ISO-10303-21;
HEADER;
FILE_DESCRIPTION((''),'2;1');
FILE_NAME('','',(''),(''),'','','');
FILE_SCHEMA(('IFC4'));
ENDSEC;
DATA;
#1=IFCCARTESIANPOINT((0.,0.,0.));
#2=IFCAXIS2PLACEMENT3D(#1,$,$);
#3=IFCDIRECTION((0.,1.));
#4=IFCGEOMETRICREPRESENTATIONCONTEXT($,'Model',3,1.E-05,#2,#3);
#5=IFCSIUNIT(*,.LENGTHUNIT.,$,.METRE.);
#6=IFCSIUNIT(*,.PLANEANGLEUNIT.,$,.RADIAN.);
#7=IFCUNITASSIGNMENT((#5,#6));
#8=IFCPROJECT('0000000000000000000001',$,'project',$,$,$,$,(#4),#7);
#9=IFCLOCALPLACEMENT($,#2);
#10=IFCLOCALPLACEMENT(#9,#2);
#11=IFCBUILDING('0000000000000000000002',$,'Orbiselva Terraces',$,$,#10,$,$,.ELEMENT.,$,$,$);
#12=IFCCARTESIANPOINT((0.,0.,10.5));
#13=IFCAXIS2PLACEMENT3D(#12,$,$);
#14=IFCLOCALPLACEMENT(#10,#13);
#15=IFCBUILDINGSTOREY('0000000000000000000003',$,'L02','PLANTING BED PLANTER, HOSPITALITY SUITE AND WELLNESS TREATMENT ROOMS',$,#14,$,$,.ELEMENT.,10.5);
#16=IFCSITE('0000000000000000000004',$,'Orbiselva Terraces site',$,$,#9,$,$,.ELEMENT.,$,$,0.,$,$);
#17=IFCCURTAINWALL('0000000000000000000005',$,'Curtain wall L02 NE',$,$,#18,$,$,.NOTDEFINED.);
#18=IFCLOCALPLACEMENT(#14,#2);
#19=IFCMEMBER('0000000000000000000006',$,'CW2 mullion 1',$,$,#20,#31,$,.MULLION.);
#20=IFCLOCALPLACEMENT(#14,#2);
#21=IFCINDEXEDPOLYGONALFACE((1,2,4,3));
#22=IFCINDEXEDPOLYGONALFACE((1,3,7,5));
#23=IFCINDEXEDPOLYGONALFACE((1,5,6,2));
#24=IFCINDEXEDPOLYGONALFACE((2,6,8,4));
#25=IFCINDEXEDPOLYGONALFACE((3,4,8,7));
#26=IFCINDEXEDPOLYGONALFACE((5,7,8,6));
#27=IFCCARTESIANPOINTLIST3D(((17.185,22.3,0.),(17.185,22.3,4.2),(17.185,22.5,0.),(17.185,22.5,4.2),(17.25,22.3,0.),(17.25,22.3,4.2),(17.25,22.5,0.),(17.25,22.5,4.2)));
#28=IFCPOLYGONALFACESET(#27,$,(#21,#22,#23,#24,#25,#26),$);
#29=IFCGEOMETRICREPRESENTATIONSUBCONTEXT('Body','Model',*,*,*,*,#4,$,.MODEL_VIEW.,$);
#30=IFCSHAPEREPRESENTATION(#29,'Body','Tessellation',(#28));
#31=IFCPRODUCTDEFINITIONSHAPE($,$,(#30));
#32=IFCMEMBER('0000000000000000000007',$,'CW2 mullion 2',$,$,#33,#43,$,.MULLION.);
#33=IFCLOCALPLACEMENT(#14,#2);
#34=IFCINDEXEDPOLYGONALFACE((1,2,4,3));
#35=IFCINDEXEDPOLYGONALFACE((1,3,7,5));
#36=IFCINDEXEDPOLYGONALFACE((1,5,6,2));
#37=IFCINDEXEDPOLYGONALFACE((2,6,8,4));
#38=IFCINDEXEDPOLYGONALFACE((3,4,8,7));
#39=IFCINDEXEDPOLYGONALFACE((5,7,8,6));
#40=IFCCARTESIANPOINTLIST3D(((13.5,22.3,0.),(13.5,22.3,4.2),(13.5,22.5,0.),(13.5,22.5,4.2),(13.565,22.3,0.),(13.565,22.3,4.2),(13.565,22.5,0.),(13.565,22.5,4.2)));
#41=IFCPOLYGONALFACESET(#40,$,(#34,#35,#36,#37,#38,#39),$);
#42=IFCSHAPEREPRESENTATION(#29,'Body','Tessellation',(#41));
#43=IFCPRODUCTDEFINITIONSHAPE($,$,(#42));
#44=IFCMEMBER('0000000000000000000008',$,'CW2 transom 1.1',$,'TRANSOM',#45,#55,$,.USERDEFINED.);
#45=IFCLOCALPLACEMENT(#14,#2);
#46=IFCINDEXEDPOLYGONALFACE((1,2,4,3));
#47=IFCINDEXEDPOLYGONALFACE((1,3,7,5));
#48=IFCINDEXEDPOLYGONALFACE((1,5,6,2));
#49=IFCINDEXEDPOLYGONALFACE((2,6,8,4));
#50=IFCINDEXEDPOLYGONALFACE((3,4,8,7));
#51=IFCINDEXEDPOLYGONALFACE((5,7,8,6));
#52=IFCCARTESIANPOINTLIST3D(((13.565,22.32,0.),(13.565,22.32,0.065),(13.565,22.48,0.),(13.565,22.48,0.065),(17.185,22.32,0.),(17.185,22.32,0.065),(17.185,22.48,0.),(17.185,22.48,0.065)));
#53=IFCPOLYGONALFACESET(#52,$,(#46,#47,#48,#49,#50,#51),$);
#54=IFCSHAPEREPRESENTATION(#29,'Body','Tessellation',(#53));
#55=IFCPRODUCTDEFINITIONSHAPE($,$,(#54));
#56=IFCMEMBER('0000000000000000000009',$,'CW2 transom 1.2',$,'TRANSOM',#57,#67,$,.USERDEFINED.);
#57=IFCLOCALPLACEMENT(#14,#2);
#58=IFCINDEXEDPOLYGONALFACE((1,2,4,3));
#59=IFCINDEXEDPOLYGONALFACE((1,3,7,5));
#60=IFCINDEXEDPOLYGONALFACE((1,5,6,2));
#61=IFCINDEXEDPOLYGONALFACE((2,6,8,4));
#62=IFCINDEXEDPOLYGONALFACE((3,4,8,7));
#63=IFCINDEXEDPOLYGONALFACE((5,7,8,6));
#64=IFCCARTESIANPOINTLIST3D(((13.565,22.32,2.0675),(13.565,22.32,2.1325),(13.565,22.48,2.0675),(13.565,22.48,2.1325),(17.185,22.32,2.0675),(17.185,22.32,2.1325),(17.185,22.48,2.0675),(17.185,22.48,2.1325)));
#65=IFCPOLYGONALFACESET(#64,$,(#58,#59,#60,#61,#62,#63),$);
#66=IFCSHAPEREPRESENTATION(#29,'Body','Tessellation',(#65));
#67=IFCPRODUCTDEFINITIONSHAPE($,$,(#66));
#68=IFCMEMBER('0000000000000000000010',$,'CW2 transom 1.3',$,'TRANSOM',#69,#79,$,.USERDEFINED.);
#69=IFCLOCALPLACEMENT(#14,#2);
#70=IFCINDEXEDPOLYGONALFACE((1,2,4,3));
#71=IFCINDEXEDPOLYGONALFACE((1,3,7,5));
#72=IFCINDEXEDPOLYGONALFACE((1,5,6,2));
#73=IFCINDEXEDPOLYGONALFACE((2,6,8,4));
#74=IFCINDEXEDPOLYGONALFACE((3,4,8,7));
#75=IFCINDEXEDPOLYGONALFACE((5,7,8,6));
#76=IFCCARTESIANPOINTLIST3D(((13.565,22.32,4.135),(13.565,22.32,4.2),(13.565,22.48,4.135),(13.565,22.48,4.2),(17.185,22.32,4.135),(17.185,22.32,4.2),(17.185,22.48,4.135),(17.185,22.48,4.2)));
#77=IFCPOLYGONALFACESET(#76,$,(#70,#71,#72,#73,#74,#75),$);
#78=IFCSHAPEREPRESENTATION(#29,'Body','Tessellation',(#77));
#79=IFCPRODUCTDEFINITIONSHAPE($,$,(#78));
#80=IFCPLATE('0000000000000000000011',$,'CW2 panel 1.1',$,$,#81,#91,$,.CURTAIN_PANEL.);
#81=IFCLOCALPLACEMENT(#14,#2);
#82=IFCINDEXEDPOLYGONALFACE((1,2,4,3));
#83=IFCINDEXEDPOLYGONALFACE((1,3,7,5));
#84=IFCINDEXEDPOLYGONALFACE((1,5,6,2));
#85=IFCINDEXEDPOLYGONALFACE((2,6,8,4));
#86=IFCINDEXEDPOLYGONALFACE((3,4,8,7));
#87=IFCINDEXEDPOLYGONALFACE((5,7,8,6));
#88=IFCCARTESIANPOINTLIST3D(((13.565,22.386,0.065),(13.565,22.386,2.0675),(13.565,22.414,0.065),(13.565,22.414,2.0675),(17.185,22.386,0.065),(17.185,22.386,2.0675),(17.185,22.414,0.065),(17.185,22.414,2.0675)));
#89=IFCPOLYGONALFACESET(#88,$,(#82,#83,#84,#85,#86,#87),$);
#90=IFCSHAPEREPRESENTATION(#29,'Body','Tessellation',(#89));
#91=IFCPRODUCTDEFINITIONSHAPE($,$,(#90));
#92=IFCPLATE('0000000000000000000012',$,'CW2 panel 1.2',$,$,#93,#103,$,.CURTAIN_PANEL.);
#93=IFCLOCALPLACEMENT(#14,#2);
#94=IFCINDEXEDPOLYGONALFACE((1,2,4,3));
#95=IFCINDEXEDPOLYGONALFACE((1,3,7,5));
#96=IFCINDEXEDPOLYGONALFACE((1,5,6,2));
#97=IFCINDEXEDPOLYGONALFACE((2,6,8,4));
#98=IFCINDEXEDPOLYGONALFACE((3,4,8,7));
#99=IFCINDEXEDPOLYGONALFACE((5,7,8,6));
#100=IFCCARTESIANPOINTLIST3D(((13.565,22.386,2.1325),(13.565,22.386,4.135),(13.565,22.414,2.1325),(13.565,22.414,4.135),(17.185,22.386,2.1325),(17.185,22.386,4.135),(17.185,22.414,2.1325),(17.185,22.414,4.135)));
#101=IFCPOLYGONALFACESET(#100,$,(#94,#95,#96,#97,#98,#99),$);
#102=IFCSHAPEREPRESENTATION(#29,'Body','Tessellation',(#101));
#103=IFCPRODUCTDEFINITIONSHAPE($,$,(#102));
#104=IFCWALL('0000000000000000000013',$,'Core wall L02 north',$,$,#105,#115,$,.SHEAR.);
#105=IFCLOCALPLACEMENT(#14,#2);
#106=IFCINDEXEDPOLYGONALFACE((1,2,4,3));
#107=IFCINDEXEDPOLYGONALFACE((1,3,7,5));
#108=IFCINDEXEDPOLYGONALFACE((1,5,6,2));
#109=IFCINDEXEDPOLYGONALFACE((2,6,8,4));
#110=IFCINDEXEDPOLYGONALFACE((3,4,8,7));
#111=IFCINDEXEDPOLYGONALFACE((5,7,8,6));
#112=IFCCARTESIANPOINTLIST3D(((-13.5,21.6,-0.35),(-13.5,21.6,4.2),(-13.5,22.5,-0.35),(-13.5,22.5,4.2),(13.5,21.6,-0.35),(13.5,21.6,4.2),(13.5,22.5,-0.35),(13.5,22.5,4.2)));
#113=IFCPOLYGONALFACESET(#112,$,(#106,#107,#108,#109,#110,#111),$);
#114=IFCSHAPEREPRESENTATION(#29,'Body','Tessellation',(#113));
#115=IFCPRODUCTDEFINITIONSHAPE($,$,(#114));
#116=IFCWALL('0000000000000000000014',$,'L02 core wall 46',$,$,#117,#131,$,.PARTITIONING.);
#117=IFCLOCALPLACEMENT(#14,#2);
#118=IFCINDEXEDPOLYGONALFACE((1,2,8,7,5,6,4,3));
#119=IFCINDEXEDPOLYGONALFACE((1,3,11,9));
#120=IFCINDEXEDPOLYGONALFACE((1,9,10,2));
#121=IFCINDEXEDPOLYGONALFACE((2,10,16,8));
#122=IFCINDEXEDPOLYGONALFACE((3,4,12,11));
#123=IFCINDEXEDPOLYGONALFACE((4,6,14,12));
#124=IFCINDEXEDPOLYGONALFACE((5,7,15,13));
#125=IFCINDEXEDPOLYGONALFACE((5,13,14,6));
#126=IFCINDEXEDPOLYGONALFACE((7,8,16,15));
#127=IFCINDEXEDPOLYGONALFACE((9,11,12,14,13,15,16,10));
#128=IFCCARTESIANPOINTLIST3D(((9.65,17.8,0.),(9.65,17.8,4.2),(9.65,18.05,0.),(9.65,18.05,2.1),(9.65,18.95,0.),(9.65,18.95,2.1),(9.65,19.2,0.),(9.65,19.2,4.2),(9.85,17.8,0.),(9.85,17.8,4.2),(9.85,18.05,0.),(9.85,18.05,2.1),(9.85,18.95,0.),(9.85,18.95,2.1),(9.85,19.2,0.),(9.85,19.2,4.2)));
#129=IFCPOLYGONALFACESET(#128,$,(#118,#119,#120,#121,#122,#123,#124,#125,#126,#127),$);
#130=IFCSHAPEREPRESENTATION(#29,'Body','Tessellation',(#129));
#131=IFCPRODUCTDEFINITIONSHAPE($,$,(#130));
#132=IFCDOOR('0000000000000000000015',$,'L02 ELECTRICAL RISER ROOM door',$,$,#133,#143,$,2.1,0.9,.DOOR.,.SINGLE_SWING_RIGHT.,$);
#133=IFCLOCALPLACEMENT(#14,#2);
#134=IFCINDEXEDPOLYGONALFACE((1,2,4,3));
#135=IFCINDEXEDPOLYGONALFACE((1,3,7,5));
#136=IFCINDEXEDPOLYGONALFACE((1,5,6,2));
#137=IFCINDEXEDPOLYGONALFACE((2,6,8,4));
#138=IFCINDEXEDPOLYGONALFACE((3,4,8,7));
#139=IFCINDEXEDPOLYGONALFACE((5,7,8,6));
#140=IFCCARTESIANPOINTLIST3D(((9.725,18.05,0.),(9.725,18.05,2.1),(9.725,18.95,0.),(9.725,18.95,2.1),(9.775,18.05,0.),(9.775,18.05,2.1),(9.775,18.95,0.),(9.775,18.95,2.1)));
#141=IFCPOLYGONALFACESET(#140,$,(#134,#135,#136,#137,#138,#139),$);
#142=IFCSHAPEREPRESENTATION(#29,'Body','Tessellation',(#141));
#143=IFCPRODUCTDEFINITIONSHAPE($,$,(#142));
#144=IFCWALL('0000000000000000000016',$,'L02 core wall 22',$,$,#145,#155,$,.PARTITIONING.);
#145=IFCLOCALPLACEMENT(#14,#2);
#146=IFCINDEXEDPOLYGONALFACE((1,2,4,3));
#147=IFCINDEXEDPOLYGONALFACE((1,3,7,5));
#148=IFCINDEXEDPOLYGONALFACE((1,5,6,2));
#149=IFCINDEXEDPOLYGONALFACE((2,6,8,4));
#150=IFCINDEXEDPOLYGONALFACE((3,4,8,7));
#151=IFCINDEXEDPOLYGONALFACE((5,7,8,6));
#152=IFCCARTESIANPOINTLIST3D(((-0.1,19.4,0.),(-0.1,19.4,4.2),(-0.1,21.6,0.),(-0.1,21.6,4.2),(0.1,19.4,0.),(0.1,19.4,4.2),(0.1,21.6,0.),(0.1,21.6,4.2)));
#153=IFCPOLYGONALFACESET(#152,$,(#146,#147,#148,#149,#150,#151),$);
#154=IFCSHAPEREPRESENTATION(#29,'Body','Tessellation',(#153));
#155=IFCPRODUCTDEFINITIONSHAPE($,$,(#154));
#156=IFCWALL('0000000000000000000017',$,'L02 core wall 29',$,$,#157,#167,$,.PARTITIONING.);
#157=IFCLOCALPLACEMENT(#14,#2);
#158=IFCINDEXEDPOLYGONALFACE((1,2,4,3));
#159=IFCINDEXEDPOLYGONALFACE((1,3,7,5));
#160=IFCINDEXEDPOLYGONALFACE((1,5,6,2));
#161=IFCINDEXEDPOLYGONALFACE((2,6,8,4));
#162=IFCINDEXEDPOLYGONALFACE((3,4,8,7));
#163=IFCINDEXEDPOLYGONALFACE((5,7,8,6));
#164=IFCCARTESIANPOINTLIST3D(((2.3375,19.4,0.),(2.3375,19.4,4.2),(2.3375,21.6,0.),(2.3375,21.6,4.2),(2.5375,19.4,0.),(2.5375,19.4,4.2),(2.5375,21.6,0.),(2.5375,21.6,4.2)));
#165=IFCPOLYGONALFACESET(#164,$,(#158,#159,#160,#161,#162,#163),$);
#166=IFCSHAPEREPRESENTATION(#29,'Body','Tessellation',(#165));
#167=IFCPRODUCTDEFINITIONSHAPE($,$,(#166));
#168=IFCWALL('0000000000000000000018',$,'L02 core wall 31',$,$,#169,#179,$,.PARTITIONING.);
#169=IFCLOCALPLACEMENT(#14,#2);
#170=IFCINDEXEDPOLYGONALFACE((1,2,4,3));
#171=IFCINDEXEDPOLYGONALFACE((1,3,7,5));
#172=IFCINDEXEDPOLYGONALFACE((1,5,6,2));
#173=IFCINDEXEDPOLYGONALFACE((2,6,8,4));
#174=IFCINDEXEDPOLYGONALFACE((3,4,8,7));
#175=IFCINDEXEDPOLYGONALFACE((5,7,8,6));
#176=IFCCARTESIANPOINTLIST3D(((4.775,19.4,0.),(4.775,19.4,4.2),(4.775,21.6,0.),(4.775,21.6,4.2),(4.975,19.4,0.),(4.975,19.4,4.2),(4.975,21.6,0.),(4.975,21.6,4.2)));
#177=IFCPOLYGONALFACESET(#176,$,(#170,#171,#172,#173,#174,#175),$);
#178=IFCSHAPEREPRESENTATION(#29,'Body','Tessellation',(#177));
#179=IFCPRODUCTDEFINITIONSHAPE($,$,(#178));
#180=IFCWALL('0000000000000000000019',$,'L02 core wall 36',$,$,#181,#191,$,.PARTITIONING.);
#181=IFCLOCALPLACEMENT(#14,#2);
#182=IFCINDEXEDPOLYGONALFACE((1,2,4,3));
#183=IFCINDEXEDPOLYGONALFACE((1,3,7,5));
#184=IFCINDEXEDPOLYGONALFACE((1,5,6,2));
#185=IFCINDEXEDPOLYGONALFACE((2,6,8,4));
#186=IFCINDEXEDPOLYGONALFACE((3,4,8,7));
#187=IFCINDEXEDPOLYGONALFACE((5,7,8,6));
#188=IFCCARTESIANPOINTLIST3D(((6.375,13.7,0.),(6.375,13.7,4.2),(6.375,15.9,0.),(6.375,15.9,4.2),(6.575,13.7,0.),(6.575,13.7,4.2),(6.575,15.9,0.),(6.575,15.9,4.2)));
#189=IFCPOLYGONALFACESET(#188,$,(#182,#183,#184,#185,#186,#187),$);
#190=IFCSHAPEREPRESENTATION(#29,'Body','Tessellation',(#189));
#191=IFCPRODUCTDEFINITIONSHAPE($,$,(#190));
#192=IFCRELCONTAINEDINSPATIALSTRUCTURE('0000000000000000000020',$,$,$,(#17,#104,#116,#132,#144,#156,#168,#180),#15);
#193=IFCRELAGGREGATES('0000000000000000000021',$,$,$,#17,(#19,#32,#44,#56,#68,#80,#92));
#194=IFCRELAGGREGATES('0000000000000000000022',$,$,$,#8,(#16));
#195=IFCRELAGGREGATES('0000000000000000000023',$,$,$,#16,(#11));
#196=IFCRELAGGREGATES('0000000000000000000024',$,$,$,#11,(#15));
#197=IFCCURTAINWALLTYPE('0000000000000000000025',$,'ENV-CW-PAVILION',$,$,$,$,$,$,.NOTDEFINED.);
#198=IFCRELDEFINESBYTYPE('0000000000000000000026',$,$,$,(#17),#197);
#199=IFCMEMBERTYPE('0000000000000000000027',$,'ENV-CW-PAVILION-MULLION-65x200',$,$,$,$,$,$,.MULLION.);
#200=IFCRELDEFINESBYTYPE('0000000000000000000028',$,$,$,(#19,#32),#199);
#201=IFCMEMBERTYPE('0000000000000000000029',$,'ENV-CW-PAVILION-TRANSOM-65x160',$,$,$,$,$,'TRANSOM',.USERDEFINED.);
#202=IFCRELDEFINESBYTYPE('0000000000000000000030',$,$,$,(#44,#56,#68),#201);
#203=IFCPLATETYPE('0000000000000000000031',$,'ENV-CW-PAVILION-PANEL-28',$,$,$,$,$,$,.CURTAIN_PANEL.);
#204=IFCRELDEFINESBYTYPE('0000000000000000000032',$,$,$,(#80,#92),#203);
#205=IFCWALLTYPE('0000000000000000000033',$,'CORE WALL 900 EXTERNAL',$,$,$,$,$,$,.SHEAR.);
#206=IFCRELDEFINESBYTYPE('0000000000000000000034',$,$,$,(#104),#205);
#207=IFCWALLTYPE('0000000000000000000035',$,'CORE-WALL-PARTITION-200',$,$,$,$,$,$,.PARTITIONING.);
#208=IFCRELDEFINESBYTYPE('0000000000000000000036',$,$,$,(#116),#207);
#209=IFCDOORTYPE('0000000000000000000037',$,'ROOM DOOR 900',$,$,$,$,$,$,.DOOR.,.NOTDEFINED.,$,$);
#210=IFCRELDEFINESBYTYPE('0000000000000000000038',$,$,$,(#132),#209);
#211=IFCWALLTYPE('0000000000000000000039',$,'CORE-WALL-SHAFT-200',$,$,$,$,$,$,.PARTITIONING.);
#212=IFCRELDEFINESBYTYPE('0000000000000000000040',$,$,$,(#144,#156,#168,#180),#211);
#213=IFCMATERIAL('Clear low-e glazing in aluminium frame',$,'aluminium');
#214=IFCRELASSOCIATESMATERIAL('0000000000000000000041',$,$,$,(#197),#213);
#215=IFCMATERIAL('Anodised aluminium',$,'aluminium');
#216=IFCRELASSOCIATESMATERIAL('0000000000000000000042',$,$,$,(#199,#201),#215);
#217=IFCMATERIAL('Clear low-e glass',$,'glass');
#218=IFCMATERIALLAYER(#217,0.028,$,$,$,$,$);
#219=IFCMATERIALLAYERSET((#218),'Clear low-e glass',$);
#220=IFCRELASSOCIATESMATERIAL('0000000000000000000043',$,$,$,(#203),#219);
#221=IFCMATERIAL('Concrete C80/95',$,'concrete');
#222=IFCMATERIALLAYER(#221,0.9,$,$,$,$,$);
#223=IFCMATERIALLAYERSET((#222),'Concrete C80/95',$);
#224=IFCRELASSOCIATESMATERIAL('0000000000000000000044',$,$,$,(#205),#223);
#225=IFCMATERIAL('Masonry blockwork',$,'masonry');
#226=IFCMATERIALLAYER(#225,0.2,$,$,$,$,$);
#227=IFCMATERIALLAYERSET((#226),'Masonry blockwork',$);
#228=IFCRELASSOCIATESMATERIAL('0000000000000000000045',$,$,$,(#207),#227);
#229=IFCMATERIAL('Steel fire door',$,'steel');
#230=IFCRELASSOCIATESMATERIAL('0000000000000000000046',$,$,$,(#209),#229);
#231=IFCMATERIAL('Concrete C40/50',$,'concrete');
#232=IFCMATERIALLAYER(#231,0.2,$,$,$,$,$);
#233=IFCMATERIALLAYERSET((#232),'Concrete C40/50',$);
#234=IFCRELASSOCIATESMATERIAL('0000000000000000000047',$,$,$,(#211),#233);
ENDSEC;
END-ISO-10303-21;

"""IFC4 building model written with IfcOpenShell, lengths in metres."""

from ifc_helpers import new_model, si_unit, direction, frame, frame_2d, origin, origin_2d, place, context, subcontext, project, spatial, rectangle, extrude, material, layer, layer_set, material_profile, profile_set, type_object, element, fill, aggregate, save


model = new_model("IFC4")

# Units and contexts
model_context = context("Model", 3, precision=1e-05, world=origin(), true_north=direction((0.0, 1.0)))
body_context = subcontext(model_context, "Body", "Model", "MODEL_VIEW")
ifc_project = project(units=[si_unit("LENGTHUNIT", "METRE"), si_unit("PLANEANGLEUNIT", "RADIAN")], contexts=[model_context])

# Site, building, storey
site_placement = place(None, origin())
site = spatial("IfcSite", under=ifc_project, at=site_placement, Name="Orbiselva Terraces site", CompositionType="ELEMENT", RefElevation=0.0)
building_placement = place(site_placement, origin())
building = spatial("IfcBuilding", under=site, at=building_placement, Name="Orbiselva Terraces", CompositionType="ELEMENT")
storey_placement = place(building_placement, frame((0.0, 0.0, 10.5)))
storey = spatial("IfcBuildingStorey", under=building, at=storey_placement, Name="L02", Description="PLANTING BED PLANTER, HOSPITALITY SUITE AND WELLNESS TREATMENT ROOMS", CompositionType="ELEMENT", Elevation=10.5)

# Curtain wall, members, plates
ifc_material_1 = material(Name="Clear low-e glazing in aluminium frame", Category="aluminium")
curtain_wall_type = type_object("IfcCurtainWallType", Name="ENV-CW-PAVILION", PredefinedType="NOTDEFINED", material=ifc_material_1)
curtain_wall_placement = place(storey_placement, origin())
curtain_wall = element("IfcCurtainWall", 1, at=curtain_wall_placement, inside=storey, type_object=curtain_wall_type, Name="Curtain wall L02 NE", PredefinedType="NOTDEFINED")
ifc_material_2 = material(Name="Anodised aluminium", Category="aluminium")
ifc_material_profile_1 = material_profile(ifc_material_2, rectangle(XDim=0.2, YDim=0.065, at=origin_2d()), Name="AL 65x200")
ifc_profile_set_1 = profile_set([ifc_material_profile_1], Name="Anodised aluminium")
member_type_1 = type_object("IfcMemberType", Name="ENV-CW-PAVILION-MULLION-65x200", PredefinedType="MULLION", material=ifc_profile_set_1)
member_1_placement = place(storey_placement, frame((17.2175, 22.4, 0.0), z_axis=(0.0, 0.0, 1.0), x_axis=(0.0, -1.0, 0.0)))
member_1 = element("IfcMember", 2, at=member_1_placement, type_object=member_type_1, Name="CW2 mullion 1", PredefinedType="MULLION", context=body_context, shape_type="SweptSolid", body=[
    extrude(rectangle(XDim=0.2, YDim=0.065, at=origin_2d()), origin(), (0.0, 0.0, 1.0), 4.2),
])
member_2_placement = place(storey_placement, frame((13.5325, 22.4, 0.0), z_axis=(0.0, 0.0, 1.0), x_axis=(0.0, -1.0, 0.0)))
member_2 = element("IfcMember", 3, at=member_2_placement, type_object=member_type_1, Name="CW2 mullion 2", PredefinedType="MULLION", context=body_context, shape_type="SweptSolid", body=[
    extrude(rectangle(XDim=0.2, YDim=0.065, at=origin_2d()), origin(), (0.0, 0.0, 1.0), 4.2),
])
ifc_material_profile_2 = material_profile(ifc_material_2, rectangle(XDim=0.16, YDim=0.065, at=origin_2d()), Name="AL 65x160")
ifc_profile_set_2 = profile_set([ifc_material_profile_2], Name="Anodised aluminium")
member_type_2 = type_object("IfcMemberType", Name="ENV-CW-PAVILION-TRANSOM-65x160", ElementType="TRANSOM", PredefinedType="USERDEFINED", material=ifc_profile_set_2)
member_3_placement = place(storey_placement, frame((17.185, 22.4, 0.0325), z_axis=(-1.0, 0.0, 0.0), x_axis=(0.0, -1.0, 0.0)))
member_3 = element("IfcMember", 4, at=member_3_placement, type_object=member_type_2, Name="CW2 transom 1.1", ObjectType="TRANSOM", PredefinedType="USERDEFINED", context=body_context, shape_type="SweptSolid", body=[
    extrude(rectangle(XDim=0.16, YDim=0.065, at=origin_2d()), origin(), (0.0, 0.0, 1.0), 3.62),
])
member_4_placement = place(storey_placement, frame((17.185, 22.4, 2.1), z_axis=(-1.0, 0.0, 0.0), x_axis=(0.0, -1.0, 0.0)))
member_4 = element("IfcMember", 5, at=member_4_placement, type_object=member_type_2, Name="CW2 transom 1.2", ObjectType="TRANSOM", PredefinedType="USERDEFINED", context=body_context, shape_type="SweptSolid", body=[
    extrude(rectangle(XDim=0.16, YDim=0.065, at=origin_2d()), origin(), (0.0, 0.0, 1.0), 3.62),
])
member_5_placement = place(storey_placement, frame((17.185, 22.4, 4.1675), z_axis=(-1.0, 0.0, 0.0), x_axis=(0.0, -1.0, 0.0)))
member_5 = element("IfcMember", 6, at=member_5_placement, type_object=member_type_2, Name="CW2 transom 1.3", ObjectType="TRANSOM", PredefinedType="USERDEFINED", context=body_context, shape_type="SweptSolid", body=[
    extrude(rectangle(XDim=0.16, YDim=0.065, at=origin_2d()), origin(), (0.0, 0.0, 1.0), 3.62),
])
ifc_material_3 = material(Name="Clear low-e glass", Category="glass")
ifc_layer_1 = layer(ifc_material_3, 0.028)
ifc_layer_set_1 = layer_set([ifc_layer_1], Name="Clear low-e glass")
plate_type = type_object("IfcPlateType", Name="ENV-CW-PAVILION-PANEL-28", PredefinedType="CURTAIN_PANEL", material=ifc_layer_set_1)
plate_1_placement = place(storey_placement, frame((15.375, 22.4, 0.065), z_axis=(0.0, 0.0, 1.0), x_axis=(-1.0, 0.0, 0.0)))
plate_1 = element("IfcPlate", 7, at=plate_1_placement, type_object=plate_type, Name="CW2 panel 1.1", PredefinedType="CURTAIN_PANEL", context=body_context, shape_type="SweptSolid", body=[
    extrude(rectangle(XDim=3.62, YDim=0.028, at=origin_2d()), origin(), (0.0, 0.0, 1.0), 2.0025),
])
plate_2_placement = place(storey_placement, frame((15.375, 22.4, 2.1325), z_axis=(0.0, 0.0, 1.0), x_axis=(-1.0, 0.0, 0.0)))
plate_2 = element("IfcPlate", 8, at=plate_2_placement, type_object=plate_type, Name="CW2 panel 1.2", PredefinedType="CURTAIN_PANEL", context=body_context, shape_type="SweptSolid", body=[
    extrude(rectangle(XDim=3.62, YDim=0.028, at=origin_2d()), origin(), (0.0, 0.0, 1.0), 2.0025),
])
aggregate(curtain_wall, [member_1, member_2, member_3, member_4, member_5, plate_1, plate_2])

# Wall
ifc_material_4 = material(Name="Concrete C80/95", Category="concrete")
ifc_layer_2 = layer(ifc_material_4, 0.9)
ifc_layer_set_2 = layer_set([ifc_layer_2], Name="Concrete C80/95")
wall_type_1 = type_object("IfcWallType", Name="CORE WALL 900 EXTERNAL", PredefinedType="SHEAR", material=ifc_layer_set_2)
wall_1_placement = place(storey_placement, frame((13.5, 22.05, -0.35), z_axis=(0.0, 0.0, 1.0), x_axis=(-1.0, 0.0, 0.0)))
element("IfcWall", 9, at=wall_1_placement, inside=storey, type_object=wall_type_1, Name="Core wall L02 north", PredefinedType="SHEAR", context=body_context, shape_type="SweptSolid", body=[
    extrude(rectangle(XDim=27.0, YDim=0.9, at=frame_2d((13.5, 0.0))), origin(), (0.0, 0.0, 1.0), 4.55),
])

# Wall, opening, door
ifc_material_5 = material(Name="Masonry blockwork", Category="masonry")
ifc_layer_3 = layer(ifc_material_5, 0.2)
ifc_layer_set_3 = layer_set([ifc_layer_3], Name="Masonry blockwork")
wall_type_2 = type_object("IfcWallType", Name="CORE-WALL-PARTITION-200", PredefinedType="PARTITIONING", material=ifc_layer_set_3)
wall_2_placement = place(storey_placement, frame((9.75, 19.2, 0.0), z_axis=(0.0, 0.0, 1.0), x_axis=(0.0, -1.0, 0.0)))
wall_2 = element("IfcWall", 10, at=wall_2_placement, inside=storey, type_object=wall_type_2, Name="L02 core wall 46", PredefinedType="PARTITIONING", context=body_context, shape_type="SweptSolid", body=[
    extrude(rectangle(XDim=1.4, YDim=0.2, at=frame_2d((0.7, 0.0))), origin(), (0.0, 0.0, 1.0), 4.2),
])
opening_1_placement = place(wall_2_placement, frame((0.25, 0.0, 0.0)))
opening_1 = element("IfcOpeningElement", 11, at=opening_1_placement, cuts=wall_2, PredefinedType="OPENING", context=body_context, shape_type="SweptSolid", body=[
    extrude(rectangle(XDim=0.9, YDim=2.1, at=frame_2d((0.45, 1.05))), frame((0.0, 0.11, 0.0), z_axis=(0.0, -1.0, 0.0), x_axis=(1.0, 0.0, 0.0)), (0.0, 0.0, 1.0), 0.22),
])
ifc_material_6 = material(Name="Steel fire door", Category="steel")
door_type_1 = type_object("IfcDoorType", Name="ROOM DOOR 900", OperationType="NOTDEFINED", PredefinedType="DOOR", material=ifc_material_6)
door_1_placement = place(opening_1_placement, origin())
door_1 = element("IfcDoor", 12, at=door_1_placement, inside=storey, type_object=door_type_1, Name="L02 ELECTRICAL RISER ROOM door", OperationType="SINGLE_SWING_RIGHT", OverallHeight=2.1, OverallWidth=0.9, PredefinedType="DOOR", context=body_context, shape_type="SweptSolid", body=[
    extrude(rectangle(XDim=0.9, YDim=2.1, at=frame_2d((0.45, 1.05))), frame((0.0, 0.025, 0.0), z_axis=(0.0, -1.0, 0.0), x_axis=(1.0, 0.0, 0.0)), (0.0, 0.0, 1.0), 0.05),
])
fill(opening_1, door_1)

# Walls
ifc_material_7 = material(Name="Concrete C40/50", Category="concrete")
ifc_layer_4 = layer(ifc_material_7, 0.2)
ifc_layer_set_4 = layer_set([ifc_layer_4], Name="Concrete C40/50")
wall_type_3 = type_object("IfcWallType", Name="CORE-WALL-SHAFT-200", PredefinedType="PARTITIONING", material=ifc_layer_set_4)
for number, where, z_axis, x_axis, name in (
    (13, (0.0, 19.4, 0.0), (0.0, 0.0, 1.0), (0.0, 1.0, 0.0), "L02 core wall 22"),
    (14, (2.4375, 19.4, 0.0), (0.0, 0.0, 1.0), (0.0, 1.0, 0.0), "L02 core wall 29"),
    (15, (4.875, 19.4, 0.0), (0.0, 0.0, 1.0), (0.0, 1.0, 0.0), "L02 core wall 31"),
    (16, (6.475, 13.7, 0.0), (0.0, 0.0, 1.0), (0.0, 1.0, 0.0), "L02 core wall 36"),
):
    element("IfcWall", number, at=place(storey_placement, frame(where, z_axis=z_axis, x_axis=x_axis)), inside=storey, type_object=wall_type_3, Name=name, PredefinedType="PARTITIONING", context=body_context, shape_type="SweptSolid", body=[
        extrude(rectangle(XDim=2.2, YDim=0.2, at=frame_2d((1.1, 0.0))), origin(), (0.0, 0.0, 1.0), 4.2),
    ])

save(model, "model.ifc")
